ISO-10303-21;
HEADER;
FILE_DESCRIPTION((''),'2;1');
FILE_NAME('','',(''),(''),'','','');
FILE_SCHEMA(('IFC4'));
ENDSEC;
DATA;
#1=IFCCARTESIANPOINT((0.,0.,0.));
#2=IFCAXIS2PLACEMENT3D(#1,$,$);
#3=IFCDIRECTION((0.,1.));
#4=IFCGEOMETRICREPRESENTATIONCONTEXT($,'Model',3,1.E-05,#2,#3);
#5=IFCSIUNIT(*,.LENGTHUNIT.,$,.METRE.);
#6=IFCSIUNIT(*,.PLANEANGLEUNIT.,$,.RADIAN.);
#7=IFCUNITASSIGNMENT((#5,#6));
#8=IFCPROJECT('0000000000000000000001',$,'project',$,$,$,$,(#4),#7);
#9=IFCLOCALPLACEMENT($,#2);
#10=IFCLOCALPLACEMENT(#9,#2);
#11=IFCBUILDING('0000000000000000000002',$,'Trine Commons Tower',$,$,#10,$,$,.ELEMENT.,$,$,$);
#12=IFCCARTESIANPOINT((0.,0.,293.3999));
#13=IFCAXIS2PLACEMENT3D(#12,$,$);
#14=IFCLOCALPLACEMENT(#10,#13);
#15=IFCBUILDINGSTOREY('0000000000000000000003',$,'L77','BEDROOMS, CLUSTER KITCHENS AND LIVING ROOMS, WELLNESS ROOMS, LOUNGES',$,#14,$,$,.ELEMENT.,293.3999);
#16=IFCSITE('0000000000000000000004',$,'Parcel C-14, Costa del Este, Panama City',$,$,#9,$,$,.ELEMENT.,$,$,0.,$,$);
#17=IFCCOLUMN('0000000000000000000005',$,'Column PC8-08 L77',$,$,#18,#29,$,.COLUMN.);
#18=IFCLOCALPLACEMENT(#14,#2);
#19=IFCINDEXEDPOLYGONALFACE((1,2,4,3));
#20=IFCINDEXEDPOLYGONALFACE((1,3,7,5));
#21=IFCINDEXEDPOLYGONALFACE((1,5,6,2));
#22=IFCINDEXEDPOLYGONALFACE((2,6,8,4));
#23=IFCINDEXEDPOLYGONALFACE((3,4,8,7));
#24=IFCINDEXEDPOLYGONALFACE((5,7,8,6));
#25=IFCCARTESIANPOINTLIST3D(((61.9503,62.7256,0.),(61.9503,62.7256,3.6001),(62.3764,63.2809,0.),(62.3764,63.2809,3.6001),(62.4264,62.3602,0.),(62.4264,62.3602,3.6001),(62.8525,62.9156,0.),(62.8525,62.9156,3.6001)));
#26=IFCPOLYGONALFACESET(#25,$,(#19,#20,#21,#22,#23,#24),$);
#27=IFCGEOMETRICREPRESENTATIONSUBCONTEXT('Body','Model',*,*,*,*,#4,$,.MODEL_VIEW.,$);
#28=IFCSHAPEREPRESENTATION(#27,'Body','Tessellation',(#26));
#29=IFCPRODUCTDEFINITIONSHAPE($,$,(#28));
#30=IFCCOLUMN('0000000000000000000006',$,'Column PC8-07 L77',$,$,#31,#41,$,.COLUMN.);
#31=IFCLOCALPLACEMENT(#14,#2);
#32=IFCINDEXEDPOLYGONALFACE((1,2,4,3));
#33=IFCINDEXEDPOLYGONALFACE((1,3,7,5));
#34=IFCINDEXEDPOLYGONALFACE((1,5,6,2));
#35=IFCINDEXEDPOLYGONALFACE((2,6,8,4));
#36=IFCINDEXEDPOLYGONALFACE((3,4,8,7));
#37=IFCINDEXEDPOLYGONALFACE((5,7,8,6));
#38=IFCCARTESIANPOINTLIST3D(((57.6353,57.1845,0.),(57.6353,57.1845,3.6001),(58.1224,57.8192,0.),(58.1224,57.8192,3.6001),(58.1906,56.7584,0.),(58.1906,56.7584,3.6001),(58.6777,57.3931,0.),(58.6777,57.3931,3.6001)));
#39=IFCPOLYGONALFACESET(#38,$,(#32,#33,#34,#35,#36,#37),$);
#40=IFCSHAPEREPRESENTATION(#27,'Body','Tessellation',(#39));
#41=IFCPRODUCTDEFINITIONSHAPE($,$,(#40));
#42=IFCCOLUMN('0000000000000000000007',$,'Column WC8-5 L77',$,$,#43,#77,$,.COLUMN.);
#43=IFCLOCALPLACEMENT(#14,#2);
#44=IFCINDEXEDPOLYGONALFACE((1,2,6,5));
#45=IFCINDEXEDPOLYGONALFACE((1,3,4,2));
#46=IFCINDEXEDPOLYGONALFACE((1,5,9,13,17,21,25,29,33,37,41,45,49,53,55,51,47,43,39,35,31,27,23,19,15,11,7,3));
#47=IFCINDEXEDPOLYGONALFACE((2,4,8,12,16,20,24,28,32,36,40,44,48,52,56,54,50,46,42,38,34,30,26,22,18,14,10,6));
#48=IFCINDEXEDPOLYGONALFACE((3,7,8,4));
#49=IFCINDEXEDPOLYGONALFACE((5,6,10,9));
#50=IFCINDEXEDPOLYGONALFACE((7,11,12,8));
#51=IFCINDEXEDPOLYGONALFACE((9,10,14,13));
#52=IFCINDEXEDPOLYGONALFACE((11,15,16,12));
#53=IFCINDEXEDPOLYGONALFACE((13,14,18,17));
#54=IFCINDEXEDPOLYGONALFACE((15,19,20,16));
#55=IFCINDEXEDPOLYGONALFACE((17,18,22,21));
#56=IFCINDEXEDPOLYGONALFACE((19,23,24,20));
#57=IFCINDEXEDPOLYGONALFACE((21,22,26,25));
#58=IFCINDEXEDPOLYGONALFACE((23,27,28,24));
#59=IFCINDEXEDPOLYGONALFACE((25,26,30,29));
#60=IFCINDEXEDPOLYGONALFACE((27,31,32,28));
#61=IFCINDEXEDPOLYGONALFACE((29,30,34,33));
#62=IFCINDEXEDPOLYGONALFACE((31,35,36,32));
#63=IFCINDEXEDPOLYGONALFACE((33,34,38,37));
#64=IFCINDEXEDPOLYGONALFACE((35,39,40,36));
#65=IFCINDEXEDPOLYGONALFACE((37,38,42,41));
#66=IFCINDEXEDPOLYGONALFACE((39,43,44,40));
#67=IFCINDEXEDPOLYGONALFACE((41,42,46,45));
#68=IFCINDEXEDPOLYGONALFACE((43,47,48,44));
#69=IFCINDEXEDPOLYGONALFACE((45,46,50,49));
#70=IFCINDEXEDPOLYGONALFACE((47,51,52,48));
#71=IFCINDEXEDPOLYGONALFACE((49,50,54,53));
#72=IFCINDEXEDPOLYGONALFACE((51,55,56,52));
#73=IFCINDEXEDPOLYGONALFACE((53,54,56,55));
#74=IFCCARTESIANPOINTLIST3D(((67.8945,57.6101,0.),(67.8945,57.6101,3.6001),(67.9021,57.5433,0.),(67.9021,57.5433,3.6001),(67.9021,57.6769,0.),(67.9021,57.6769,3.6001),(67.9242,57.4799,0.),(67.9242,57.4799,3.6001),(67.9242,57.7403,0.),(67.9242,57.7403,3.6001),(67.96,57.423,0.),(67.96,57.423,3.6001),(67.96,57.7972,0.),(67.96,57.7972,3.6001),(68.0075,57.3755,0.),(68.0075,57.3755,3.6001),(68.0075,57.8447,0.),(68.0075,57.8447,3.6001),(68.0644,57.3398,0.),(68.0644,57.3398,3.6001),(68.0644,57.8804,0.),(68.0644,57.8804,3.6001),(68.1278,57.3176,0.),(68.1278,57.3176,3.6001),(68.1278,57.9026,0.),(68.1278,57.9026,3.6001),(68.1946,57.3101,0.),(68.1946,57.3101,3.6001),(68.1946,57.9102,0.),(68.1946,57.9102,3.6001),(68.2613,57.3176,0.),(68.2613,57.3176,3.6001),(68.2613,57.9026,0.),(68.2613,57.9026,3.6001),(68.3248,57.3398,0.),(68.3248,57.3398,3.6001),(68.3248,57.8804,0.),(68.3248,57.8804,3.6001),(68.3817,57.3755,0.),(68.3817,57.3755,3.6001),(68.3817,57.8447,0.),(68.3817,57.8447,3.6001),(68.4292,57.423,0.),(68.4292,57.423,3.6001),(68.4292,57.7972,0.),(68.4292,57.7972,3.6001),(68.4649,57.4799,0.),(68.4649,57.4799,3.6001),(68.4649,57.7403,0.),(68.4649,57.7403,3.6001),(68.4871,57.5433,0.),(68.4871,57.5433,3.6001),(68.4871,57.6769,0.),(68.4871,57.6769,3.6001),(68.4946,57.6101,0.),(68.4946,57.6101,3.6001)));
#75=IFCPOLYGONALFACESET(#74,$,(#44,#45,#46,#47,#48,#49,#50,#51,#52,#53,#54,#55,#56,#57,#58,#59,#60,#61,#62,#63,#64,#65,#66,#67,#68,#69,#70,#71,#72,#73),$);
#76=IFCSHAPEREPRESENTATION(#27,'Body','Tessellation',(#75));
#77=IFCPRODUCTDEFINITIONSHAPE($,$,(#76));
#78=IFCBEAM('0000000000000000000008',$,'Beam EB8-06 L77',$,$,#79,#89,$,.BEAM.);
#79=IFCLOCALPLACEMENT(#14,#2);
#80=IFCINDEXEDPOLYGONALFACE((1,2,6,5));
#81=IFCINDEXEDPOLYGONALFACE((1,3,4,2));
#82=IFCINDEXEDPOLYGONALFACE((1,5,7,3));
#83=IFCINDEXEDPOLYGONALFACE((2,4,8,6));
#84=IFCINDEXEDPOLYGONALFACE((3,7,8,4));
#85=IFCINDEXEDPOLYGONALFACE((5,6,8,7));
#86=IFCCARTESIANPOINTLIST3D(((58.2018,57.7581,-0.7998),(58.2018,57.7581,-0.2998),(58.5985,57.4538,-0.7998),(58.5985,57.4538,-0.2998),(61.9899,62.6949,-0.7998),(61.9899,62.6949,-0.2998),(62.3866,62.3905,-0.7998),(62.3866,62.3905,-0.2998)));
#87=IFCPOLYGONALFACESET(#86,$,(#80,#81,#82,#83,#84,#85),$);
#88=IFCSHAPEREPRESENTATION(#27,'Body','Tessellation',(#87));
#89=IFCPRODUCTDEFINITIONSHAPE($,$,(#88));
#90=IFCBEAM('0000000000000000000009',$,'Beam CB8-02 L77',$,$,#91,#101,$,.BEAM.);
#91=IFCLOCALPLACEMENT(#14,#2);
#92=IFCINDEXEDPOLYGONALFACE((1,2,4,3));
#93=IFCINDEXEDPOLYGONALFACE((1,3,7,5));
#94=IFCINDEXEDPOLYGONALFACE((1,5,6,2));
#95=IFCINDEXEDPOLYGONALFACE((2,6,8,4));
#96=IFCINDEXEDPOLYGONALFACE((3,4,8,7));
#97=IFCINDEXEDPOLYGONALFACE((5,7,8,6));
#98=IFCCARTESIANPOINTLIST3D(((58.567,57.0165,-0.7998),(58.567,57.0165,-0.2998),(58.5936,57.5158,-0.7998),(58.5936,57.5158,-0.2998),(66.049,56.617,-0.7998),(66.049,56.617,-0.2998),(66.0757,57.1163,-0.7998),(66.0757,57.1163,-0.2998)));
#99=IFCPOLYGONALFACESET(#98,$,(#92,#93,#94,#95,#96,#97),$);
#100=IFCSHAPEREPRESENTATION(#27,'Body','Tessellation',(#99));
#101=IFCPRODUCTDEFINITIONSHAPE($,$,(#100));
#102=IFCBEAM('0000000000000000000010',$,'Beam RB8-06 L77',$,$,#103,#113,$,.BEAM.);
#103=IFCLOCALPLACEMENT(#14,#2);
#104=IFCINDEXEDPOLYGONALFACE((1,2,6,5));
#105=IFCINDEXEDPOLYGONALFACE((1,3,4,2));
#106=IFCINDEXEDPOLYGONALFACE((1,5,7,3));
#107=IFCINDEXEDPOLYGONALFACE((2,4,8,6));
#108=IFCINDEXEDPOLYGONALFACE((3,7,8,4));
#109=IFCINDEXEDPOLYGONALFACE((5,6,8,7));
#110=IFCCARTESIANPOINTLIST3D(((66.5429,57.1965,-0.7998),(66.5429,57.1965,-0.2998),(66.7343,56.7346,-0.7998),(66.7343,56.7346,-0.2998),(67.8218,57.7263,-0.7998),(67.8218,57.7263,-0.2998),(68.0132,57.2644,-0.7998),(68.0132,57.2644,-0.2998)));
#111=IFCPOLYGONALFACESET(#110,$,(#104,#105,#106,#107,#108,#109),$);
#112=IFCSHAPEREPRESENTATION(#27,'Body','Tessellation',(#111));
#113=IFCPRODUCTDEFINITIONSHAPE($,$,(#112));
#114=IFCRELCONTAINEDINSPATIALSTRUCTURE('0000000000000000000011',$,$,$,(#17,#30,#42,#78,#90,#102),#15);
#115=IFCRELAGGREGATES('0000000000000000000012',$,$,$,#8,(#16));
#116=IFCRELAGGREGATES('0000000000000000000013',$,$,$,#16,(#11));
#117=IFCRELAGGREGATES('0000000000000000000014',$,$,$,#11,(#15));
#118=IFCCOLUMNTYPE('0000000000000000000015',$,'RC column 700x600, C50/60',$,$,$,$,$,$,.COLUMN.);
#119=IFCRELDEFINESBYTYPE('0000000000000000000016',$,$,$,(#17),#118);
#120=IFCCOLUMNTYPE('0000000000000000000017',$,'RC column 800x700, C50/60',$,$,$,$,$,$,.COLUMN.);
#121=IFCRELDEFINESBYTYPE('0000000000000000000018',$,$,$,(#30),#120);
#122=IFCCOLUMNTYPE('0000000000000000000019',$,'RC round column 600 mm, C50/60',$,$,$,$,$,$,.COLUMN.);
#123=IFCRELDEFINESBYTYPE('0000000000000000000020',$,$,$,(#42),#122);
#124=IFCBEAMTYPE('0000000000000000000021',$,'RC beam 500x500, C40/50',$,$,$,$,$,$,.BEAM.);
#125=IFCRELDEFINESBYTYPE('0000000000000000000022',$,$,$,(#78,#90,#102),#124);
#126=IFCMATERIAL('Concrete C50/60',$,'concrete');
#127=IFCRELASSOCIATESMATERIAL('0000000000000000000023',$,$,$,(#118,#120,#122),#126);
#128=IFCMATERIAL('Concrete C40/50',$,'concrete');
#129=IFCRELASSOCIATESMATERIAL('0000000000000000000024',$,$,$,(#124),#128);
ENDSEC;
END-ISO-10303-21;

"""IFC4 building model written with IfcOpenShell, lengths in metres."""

from ifc_helpers import new_model, si_unit, direction, frame, origin, origin_2d, place, context, subcontext, project, spatial, rectangle, circle, extrude, material, material_profile, profile_set, type_object, element, save


model = new_model("IFC4")

# Units and contexts
model_context = context("Model", 3, precision=1e-05, world=origin(), true_north=direction((0.0, 1.0)))
body_context = subcontext(model_context, "Body", "Model", "MODEL_VIEW")
ifc_project = project(units=[si_unit("LENGTHUNIT", "METRE"), si_unit("PLANEANGLEUNIT", "RADIAN")], contexts=[model_context])

# Site, building, storey
site_placement = place(None, origin())
site = spatial("IfcSite", under=ifc_project, at=site_placement, Name="Parcel C-14, Costa del Este, Panama City", CompositionType="ELEMENT", RefElevation=0.0)
building_placement = place(site_placement, origin())
building = spatial("IfcBuilding", under=site, at=building_placement, Name="Trine Commons Tower", CompositionType="ELEMENT")
storey_placement = place(building_placement, frame((0.0, 0.0, 293.3999)))
storey = spatial("IfcBuildingStorey", under=building, at=storey_placement, Name="L77", Description="BEDROOMS, CLUSTER KITCHENS AND LIVING ROOMS, WELLNESS ROOMS, LOUNGES", CompositionType="ELEMENT", Elevation=293.3999)

# Columns
ifc_material_1 = material(Name="Concrete C50/60", Category="concrete")
ifc_material_profile_1 = material_profile(ifc_material_1, rectangle(XDim=0.7, YDim=0.6001, at=origin_2d()), Name="RC 700x600")
ifc_profile_set_1 = profile_set([ifc_material_profile_1], Name="Concrete C50/60")
column_type_1 = type_object("IfcColumnType", Name="RC column 700x600, C50/60", PredefinedType="COLUMN", material=ifc_profile_set_1)
column_1_placement = place(storey_placement, frame((62.4014, 62.8206, 0.0), z_axis=(0.0, 0.0, 1.0), x_axis=(0.608761, 0.793353, 0.0)))
element("IfcColumn", 1, at=column_1_placement, inside=storey, type_object=column_type_1, Name="Column PC8-08 L77", PredefinedType="COLUMN", context=body_context, shape_type="SweptSolid", body=[
    extrude(rectangle(XDim=0.7, YDim=0.6001, at=origin_2d()), origin(), (0.0, 0.0, 1.0), 3.6001),
])
ifc_material_profile_2 = material_profile(ifc_material_1, rectangle(XDim=0.8, YDim=0.7, at=origin_2d()), Name="RC 800x700")
ifc_profile_set_2 = profile_set([ifc_material_profile_2], Name="Concrete C50/60")
column_type_2 = type_object("IfcColumnType", Name="RC column 800x700, C50/60", PredefinedType="COLUMN", material=ifc_profile_set_2)
column_2_placement = place(storey_placement, frame((58.1565, 57.2888, 0.0), z_axis=(0.0, 0.0, 1.0), x_axis=(0.608761, 0.793353, 0.0)))
element("IfcColumn", 2, at=column_2_placement, inside=storey, type_object=column_type_2, Name="Column PC8-07 L77", PredefinedType="COLUMN", context=body_context, shape_type="SweptSolid", body=[
    extrude(rectangle(XDim=0.8, YDim=0.7, at=origin_2d()), origin(), (0.0, 0.0, 1.0), 3.6001),
])
ifc_material_profile_3 = material_profile(ifc_material_1, circle(Radius=0.3, at=origin_2d()), Name="RC round 600")
ifc_profile_set_3 = profile_set([ifc_material_profile_3], Name="Concrete C50/60")
column_type_3 = type_object("IfcColumnType", Name="RC round column 600 mm, C50/60", PredefinedType="COLUMN", material=ifc_profile_set_3)
column_3_placement = place(storey_placement, frame((68.1946, 57.6101, 0.0), z_axis=(0.0, 0.0, 1.0), x_axis=(1.0, 0.0, 0.0)))
element("IfcColumn", 3, at=column_3_placement, inside=storey, type_object=column_type_3, Name="Column WC8-5 L77", PredefinedType="COLUMN", context=body_context, shape_type="SweptSolid", body=[
    extrude(circle(Radius=0.3, at=origin_2d()), origin(), (0.0, 0.0, 1.0), 3.6001),
])

# Beams
ifc_material_2 = material(Name="Concrete C40/50", Category="concrete")
ifc_material_profile_4 = material_profile(ifc_material_2, rectangle(XDim=0.5, YDim=0.5, at=origin_2d()), Name="RC 500x500")
ifc_profile_set_4 = profile_set([ifc_material_profile_4], Name="Concrete C40/50")
beam_type = type_object("IfcBeamType", Name="RC beam 500x500, C40/50", PredefinedType="BEAM", material=ifc_profile_set_4)
beam_1_placement = place(storey_placement, frame((58.4001, 57.606, -0.5498), z_axis=(0.608758, 0.793356, 0.0), x_axis=(-0.793356, 0.608758, 0.0)))
element("IfcBeam", 4, at=beam_1_placement, inside=storey, type_object=beam_type, Name="Beam EB8-06 L77", PredefinedType="BEAM", context=body_context, shape_type="SweptSolid", body=[
    extrude(rectangle(XDim=0.5, YDim=0.5, at=origin_2d()), origin(), (0.0, 0.0, 1.0), 6.2227),
])
beam_2_placement = place(storey_placement, frame((58.5803, 57.2661, -0.5498), z_axis=(0.998578, -0.053308, 0.0), x_axis=(0.053308, 0.998578, 0.0)))
element("IfcBeam", 5, at=beam_2_placement, inside=storey, type_object=beam_type, Name="Beam CB8-02 L77", PredefinedType="BEAM", context=body_context, shape_type="SweptSolid", body=[
    extrude(rectangle(XDim=0.5, YDim=0.5, at=origin_2d()), origin(), (0.0, 0.0, 1.0), 7.4927),
])
beam_3_placement = place(storey_placement, frame((67.9175, 57.4954, -0.5498), z_axis=(-0.923858, -0.382736, 0.0), x_axis=(0.382736, -0.923858, 0.0)))
element("IfcBeam", 6, at=beam_3_placement, inside=storey, type_object=beam_type, Name="Beam RB8-06 L77", PredefinedType="BEAM", context=body_context, shape_type="SweptSolid", body=[
    extrude(rectangle(XDim=0.5, YDim=0.5, at=origin_2d()), origin(), (0.0, 0.0, 1.0), 1.3843),
])

save(model, "model.ifc")
